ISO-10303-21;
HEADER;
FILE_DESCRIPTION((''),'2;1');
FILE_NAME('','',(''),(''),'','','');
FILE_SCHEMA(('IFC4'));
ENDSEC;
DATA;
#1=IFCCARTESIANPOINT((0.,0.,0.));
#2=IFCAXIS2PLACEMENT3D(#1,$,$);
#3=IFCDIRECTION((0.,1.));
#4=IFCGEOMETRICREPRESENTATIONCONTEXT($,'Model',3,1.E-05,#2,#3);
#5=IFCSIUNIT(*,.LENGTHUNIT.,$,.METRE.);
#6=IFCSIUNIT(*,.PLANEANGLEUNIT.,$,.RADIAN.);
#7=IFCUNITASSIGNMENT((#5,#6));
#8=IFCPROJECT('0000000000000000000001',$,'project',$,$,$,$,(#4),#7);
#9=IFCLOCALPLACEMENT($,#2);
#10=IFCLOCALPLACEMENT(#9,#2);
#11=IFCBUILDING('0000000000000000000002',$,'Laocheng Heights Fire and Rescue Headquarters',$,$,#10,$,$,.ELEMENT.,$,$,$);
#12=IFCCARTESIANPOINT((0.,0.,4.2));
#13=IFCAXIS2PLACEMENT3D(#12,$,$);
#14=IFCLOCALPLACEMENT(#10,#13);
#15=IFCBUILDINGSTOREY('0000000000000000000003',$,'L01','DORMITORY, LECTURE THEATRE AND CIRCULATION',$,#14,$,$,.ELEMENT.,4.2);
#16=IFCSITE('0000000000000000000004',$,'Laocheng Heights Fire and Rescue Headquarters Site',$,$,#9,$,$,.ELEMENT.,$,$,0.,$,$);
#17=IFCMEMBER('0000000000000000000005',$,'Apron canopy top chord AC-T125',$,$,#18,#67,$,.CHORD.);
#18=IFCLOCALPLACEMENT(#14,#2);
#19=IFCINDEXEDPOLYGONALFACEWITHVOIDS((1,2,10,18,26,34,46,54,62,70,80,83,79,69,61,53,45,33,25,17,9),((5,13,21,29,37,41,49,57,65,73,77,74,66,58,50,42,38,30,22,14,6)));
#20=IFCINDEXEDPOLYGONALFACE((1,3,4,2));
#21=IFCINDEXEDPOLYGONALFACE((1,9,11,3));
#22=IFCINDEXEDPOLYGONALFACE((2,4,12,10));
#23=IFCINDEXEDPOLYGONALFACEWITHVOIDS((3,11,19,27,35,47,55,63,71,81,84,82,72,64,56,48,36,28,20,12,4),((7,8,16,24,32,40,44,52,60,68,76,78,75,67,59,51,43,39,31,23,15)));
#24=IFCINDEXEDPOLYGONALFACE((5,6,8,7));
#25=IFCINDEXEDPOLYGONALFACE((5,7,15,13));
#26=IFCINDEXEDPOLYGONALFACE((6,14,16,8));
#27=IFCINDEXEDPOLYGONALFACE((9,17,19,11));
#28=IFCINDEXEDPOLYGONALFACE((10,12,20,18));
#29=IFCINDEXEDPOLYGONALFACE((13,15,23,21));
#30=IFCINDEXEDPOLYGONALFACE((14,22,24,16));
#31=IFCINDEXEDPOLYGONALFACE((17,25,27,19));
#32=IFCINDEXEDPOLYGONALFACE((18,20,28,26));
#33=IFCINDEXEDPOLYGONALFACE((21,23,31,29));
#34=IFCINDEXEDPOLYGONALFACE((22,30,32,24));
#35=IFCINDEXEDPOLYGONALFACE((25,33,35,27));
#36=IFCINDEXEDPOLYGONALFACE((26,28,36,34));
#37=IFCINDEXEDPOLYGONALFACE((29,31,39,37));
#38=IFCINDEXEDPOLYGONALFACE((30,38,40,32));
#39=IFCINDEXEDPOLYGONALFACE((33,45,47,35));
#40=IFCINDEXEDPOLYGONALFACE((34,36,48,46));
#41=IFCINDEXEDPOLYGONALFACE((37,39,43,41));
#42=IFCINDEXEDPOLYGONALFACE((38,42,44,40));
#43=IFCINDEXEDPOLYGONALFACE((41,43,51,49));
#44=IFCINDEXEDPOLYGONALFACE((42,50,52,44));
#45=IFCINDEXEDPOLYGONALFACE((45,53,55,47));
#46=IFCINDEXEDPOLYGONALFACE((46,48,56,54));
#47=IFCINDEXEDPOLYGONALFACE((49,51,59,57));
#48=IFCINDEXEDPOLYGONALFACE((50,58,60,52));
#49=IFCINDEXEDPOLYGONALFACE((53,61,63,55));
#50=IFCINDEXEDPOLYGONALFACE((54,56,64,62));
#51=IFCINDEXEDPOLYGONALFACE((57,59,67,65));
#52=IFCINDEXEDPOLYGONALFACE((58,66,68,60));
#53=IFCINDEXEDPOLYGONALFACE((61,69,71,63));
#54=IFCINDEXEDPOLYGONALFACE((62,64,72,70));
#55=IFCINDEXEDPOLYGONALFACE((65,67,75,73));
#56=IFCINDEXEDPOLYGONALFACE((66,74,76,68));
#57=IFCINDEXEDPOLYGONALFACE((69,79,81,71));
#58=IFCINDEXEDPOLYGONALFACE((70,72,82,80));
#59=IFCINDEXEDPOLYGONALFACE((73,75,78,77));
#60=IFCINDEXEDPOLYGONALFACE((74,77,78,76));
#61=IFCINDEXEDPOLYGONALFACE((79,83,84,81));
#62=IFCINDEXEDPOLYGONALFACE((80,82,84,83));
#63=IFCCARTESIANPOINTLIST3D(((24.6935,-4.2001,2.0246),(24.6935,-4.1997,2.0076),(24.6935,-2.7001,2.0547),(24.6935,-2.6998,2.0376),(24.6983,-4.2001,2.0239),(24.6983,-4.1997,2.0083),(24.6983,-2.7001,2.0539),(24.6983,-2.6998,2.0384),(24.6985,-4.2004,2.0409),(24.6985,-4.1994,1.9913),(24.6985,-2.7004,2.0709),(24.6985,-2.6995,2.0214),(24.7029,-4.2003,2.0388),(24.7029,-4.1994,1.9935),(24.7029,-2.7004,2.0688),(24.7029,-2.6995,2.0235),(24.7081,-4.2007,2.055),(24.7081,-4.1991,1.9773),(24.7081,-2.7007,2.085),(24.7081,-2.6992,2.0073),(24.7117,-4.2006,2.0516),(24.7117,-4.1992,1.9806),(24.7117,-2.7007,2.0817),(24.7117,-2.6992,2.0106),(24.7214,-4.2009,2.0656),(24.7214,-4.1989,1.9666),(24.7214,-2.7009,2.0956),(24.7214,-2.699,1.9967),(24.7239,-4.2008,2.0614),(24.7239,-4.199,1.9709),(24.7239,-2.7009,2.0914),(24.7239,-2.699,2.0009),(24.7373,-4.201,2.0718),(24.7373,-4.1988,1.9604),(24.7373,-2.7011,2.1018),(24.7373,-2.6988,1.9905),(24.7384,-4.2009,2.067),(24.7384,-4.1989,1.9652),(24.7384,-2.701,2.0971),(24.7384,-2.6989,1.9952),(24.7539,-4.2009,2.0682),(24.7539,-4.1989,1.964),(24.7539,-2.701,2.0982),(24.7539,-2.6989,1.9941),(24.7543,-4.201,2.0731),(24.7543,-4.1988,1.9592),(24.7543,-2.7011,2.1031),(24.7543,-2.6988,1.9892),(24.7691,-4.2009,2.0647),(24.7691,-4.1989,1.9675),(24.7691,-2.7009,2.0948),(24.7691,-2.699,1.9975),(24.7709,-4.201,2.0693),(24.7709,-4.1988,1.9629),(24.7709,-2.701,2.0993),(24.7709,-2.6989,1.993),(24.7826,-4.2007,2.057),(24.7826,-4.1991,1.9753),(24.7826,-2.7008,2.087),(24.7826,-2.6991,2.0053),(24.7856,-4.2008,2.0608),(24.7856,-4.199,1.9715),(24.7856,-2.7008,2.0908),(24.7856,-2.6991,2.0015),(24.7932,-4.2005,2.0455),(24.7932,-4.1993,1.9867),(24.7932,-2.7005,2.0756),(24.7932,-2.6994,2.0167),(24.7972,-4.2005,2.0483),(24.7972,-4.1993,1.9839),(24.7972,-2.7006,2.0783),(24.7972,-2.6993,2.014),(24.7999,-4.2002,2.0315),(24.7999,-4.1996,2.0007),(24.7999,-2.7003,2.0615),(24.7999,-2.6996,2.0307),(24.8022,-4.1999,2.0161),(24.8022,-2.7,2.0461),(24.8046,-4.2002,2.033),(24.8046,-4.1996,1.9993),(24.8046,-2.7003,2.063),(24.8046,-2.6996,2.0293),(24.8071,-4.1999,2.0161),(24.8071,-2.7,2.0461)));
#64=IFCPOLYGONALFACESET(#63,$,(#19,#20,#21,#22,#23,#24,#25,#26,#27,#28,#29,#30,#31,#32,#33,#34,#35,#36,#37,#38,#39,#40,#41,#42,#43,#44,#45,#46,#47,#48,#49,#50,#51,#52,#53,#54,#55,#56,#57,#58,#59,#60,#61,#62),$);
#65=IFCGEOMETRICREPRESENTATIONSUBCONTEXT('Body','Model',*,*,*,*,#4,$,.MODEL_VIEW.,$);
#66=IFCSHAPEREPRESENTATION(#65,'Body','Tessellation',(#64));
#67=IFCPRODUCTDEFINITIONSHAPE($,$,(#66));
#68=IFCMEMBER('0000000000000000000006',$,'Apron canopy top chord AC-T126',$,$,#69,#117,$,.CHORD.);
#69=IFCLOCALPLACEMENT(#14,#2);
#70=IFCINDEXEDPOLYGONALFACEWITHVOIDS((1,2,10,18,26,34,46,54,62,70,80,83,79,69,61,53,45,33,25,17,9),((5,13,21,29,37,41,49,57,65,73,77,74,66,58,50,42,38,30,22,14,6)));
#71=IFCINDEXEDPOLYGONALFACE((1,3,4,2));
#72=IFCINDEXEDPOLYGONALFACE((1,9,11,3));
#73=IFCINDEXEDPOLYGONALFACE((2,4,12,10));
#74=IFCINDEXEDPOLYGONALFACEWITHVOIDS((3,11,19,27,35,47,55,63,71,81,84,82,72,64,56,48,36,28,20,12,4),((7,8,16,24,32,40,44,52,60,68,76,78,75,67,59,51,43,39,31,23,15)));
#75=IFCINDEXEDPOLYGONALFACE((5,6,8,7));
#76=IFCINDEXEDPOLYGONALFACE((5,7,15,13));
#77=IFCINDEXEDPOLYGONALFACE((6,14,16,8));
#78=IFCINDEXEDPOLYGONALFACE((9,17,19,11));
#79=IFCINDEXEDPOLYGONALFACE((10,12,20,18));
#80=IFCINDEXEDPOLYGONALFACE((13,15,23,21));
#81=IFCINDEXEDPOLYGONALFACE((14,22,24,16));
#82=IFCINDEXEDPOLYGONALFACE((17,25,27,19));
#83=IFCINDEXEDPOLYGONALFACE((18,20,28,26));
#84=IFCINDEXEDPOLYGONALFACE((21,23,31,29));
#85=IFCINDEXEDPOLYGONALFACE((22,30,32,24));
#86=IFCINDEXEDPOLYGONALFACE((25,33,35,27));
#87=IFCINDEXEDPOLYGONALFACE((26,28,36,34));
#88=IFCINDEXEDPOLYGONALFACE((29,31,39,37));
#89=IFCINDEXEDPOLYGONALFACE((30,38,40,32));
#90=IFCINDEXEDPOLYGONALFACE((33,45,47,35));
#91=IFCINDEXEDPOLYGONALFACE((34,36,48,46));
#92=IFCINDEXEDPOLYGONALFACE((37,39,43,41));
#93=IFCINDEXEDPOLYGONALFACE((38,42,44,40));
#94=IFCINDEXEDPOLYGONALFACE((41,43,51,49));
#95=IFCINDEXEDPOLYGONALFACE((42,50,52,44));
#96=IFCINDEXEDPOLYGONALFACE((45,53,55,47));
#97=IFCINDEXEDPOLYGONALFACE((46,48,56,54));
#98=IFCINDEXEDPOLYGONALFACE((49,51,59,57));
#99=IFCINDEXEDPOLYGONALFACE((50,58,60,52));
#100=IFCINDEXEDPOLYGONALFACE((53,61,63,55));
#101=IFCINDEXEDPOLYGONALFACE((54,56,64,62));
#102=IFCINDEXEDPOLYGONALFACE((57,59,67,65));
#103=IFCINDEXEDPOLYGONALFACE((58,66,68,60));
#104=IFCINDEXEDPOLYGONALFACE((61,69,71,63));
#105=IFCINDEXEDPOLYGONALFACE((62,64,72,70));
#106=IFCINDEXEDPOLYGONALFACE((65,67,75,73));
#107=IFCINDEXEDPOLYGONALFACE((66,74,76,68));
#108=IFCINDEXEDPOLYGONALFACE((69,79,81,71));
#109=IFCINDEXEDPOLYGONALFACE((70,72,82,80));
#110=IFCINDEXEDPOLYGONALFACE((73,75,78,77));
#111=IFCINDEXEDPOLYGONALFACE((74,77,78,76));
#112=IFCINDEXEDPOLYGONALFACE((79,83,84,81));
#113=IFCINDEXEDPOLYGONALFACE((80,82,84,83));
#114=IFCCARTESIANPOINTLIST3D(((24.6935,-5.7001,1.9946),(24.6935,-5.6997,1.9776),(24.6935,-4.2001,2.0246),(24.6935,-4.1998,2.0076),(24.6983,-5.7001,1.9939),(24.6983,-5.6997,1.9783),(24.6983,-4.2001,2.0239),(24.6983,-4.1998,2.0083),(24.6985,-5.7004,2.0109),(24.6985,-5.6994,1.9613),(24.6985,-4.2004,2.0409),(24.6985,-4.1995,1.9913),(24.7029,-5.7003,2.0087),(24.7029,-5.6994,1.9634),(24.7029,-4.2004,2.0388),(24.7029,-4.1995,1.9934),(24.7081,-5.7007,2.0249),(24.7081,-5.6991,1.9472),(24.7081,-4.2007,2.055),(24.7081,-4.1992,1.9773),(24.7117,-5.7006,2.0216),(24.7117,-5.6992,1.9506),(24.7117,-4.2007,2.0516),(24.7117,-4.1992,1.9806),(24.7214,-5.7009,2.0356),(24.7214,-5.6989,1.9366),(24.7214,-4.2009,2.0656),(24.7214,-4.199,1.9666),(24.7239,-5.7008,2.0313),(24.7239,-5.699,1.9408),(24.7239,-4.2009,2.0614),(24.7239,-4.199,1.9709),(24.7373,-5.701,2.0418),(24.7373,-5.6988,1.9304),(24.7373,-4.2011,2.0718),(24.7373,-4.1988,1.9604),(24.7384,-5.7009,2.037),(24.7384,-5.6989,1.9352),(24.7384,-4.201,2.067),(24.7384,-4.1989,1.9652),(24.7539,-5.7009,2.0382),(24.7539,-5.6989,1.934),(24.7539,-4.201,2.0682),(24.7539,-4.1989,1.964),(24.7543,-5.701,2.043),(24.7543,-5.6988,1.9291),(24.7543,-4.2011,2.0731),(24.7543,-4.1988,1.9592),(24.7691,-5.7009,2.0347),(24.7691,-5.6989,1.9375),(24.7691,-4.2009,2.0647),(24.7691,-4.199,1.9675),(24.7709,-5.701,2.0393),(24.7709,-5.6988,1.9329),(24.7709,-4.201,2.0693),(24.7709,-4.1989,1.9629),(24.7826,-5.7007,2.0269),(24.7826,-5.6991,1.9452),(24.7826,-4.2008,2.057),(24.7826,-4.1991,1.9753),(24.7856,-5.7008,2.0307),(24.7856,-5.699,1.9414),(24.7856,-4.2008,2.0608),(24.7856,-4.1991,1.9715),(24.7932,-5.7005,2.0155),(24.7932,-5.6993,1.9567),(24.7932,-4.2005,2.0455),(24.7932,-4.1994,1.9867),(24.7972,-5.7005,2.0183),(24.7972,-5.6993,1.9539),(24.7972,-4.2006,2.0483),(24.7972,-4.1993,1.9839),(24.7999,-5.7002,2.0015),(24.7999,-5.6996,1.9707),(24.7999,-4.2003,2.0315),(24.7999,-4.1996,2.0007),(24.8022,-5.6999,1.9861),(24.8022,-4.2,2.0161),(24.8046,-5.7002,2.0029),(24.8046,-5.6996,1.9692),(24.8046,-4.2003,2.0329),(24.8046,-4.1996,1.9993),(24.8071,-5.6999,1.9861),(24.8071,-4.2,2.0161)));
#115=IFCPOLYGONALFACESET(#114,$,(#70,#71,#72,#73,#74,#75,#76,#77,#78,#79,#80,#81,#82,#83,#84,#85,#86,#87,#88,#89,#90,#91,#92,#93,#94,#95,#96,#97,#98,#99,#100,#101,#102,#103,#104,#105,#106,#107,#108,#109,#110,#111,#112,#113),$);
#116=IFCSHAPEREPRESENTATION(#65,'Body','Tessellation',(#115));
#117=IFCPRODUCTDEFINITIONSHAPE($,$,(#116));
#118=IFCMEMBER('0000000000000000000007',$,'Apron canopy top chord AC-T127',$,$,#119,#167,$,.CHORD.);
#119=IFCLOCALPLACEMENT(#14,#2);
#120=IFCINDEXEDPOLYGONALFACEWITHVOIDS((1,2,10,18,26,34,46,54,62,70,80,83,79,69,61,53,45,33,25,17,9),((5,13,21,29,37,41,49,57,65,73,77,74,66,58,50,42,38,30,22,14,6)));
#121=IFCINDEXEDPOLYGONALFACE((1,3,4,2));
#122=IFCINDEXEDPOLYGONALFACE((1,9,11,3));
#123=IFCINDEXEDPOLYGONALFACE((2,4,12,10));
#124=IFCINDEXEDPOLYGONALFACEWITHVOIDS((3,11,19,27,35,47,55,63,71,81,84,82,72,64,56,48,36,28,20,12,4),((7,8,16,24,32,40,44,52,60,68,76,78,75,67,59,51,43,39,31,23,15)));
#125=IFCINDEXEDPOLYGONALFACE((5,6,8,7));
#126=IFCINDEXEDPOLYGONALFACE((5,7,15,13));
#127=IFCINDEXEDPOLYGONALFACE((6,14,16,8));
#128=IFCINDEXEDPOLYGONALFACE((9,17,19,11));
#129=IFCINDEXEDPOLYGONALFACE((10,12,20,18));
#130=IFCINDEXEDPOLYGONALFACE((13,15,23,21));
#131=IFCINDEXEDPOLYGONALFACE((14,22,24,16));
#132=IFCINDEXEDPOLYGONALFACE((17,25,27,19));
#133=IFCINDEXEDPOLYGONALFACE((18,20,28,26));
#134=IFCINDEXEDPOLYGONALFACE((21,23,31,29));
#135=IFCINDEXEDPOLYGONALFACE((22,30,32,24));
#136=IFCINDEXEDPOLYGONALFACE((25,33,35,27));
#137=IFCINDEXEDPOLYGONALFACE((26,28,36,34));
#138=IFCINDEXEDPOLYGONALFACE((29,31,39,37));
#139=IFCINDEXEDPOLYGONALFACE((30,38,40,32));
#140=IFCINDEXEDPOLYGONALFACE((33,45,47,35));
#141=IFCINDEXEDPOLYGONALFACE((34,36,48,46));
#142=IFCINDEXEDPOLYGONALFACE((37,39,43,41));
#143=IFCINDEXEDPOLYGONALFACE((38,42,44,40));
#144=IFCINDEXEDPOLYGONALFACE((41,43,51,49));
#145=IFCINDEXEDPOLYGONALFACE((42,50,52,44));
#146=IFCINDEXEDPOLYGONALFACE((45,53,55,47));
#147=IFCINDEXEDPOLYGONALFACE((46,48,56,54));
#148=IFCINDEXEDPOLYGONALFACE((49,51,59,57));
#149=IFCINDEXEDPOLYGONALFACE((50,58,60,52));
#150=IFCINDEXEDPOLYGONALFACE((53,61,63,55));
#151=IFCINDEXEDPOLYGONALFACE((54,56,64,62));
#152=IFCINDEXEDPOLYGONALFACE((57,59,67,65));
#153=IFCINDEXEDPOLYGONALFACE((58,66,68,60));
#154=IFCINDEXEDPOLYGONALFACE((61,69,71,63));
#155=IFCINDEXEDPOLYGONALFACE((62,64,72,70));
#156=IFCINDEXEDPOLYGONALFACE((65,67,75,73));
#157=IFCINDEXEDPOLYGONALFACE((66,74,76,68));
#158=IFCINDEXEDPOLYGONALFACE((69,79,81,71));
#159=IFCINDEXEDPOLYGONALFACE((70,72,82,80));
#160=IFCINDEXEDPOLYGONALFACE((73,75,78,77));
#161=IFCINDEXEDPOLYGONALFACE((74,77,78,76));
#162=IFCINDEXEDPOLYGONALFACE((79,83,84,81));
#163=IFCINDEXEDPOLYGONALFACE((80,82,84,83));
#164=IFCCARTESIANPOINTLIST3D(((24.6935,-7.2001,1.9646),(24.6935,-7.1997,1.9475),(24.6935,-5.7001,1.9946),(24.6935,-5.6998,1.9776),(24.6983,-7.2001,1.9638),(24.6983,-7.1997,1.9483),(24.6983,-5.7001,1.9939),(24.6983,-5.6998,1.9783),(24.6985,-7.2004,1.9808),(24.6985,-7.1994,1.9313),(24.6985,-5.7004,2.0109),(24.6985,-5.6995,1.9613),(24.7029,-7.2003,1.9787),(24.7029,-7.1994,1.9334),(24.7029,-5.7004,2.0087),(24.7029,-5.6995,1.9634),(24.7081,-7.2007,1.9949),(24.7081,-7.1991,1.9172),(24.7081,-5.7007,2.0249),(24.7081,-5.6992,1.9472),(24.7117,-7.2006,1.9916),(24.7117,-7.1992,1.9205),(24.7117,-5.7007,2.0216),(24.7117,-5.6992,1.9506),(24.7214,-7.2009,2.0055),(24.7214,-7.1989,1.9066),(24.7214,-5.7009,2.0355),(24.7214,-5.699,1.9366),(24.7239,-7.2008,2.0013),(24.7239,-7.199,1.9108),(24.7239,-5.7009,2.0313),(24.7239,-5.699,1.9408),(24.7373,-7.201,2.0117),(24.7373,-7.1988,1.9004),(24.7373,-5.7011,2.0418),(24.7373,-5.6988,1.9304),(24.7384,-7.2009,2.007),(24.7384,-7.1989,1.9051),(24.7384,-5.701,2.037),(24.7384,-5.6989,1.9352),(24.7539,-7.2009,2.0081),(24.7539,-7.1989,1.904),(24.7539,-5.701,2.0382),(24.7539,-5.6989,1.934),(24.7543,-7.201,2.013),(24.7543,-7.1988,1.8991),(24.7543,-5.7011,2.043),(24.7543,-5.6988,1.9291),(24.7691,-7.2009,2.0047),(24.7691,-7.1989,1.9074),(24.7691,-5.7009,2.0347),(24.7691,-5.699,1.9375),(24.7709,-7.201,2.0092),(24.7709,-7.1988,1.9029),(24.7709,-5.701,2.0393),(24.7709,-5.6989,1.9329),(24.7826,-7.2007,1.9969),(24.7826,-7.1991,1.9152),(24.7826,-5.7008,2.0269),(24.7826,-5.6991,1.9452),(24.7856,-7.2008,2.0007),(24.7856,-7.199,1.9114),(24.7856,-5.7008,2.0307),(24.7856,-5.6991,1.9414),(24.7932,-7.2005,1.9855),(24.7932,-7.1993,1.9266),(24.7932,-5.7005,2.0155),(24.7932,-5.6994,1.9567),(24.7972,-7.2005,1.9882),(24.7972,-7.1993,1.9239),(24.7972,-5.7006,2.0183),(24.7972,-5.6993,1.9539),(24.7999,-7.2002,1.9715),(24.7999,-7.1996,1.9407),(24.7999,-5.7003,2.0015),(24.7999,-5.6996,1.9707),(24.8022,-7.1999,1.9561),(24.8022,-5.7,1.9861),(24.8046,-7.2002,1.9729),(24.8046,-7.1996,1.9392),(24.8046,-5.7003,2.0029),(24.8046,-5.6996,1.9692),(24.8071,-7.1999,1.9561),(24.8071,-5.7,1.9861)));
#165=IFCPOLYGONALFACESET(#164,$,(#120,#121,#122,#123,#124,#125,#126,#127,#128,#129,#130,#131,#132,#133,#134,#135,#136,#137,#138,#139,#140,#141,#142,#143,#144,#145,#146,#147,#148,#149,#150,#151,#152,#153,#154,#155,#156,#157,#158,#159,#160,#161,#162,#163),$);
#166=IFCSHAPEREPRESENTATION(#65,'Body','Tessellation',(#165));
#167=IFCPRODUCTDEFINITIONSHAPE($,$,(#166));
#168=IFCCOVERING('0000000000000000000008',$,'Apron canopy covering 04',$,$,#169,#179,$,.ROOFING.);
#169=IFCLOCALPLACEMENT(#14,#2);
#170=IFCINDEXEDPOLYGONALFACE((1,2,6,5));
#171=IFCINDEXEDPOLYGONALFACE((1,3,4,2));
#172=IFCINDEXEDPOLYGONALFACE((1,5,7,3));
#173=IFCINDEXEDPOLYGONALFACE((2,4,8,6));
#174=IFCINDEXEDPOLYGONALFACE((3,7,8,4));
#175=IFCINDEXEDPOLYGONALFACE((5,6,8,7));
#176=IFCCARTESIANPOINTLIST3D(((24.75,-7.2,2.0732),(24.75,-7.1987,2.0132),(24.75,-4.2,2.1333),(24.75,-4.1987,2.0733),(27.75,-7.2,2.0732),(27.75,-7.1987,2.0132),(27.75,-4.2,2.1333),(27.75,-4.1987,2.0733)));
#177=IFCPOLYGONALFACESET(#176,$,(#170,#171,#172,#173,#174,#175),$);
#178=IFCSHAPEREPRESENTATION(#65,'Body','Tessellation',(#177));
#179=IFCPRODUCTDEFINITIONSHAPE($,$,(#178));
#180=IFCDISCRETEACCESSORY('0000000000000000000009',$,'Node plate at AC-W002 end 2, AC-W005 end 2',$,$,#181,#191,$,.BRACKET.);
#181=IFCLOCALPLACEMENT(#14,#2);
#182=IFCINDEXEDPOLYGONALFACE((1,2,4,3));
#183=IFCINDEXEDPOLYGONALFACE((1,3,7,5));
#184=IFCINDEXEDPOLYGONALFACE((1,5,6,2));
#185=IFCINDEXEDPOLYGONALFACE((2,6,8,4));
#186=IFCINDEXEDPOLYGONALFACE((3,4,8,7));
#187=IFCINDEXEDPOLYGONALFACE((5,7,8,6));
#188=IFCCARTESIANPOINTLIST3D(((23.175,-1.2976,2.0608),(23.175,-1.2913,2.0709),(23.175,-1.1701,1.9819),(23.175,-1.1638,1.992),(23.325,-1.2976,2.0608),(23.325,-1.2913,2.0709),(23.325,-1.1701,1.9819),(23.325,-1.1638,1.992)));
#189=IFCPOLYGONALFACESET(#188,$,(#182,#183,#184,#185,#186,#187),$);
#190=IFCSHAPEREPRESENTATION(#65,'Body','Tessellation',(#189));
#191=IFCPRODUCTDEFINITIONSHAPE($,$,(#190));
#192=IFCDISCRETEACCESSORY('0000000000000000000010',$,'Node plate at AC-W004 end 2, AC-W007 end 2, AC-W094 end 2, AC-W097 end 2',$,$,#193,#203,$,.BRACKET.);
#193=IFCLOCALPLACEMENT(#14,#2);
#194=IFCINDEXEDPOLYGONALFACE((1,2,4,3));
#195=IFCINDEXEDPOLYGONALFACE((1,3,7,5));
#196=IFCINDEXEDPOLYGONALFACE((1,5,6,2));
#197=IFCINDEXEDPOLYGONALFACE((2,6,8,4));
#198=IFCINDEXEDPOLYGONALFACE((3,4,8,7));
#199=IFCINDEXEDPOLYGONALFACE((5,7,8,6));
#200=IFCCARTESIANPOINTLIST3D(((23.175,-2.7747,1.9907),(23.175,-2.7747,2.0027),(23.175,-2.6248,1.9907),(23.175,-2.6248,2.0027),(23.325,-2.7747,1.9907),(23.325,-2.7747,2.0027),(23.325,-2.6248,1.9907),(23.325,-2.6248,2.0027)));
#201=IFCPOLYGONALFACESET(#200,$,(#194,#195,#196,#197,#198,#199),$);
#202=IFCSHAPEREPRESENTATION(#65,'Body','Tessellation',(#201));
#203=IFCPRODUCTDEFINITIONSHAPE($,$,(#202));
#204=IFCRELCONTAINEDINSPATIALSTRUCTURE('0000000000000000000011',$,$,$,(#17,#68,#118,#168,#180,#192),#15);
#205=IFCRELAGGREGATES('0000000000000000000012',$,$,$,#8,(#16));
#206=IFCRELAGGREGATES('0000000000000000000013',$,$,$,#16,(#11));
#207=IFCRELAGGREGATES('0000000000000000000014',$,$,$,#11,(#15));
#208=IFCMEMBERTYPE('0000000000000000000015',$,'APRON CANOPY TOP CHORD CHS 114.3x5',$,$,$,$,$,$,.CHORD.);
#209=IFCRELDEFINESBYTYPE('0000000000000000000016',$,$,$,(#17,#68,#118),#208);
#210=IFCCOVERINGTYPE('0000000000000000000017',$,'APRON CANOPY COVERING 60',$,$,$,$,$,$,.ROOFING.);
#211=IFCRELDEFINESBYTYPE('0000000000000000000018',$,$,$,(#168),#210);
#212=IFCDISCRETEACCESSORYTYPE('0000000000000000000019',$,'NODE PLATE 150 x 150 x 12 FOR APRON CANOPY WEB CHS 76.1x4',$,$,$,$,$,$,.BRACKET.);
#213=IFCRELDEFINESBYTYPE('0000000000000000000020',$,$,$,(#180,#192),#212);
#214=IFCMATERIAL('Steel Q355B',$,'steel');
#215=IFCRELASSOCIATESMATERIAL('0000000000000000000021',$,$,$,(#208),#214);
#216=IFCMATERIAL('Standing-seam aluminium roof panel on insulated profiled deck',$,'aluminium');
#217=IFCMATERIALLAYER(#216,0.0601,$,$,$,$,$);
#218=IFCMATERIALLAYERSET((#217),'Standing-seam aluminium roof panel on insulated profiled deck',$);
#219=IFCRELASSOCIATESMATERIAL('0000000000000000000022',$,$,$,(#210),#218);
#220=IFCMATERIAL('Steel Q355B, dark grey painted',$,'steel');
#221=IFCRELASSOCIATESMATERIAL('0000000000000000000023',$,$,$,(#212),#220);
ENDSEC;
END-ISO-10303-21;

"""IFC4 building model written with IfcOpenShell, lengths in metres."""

from ifc_helpers import new_model, si_unit, direction, frame, origin, origin_2d, place, context, subcontext, project, spatial, polyline, rectangle, hollow_circle, outline, extrude, material, layer, layer_set, material_profile, profile_set, type_object, element, save


model = new_model("IFC4")

# Units and contexts
model_context = context("Model", 3, precision=1e-05, world=origin(), true_north=direction((0.0, 1.0)))
body_context = subcontext(model_context, "Body", "Model", "MODEL_VIEW")
ifc_project = project(units=[si_unit("LENGTHUNIT", "METRE"), si_unit("PLANEANGLEUNIT", "RADIAN")], contexts=[model_context])

# Site, building, storey
site_placement = place(None, origin())
site = spatial("IfcSite", under=ifc_project, at=site_placement, Name="Laocheng Heights Fire and Rescue Headquarters Site", CompositionType="ELEMENT", RefElevation=0.0)
building_placement = place(site_placement, origin())
building = spatial("IfcBuilding", under=site, at=building_placement, Name="Laocheng Heights Fire and Rescue Headquarters", CompositionType="ELEMENT")
storey_placement = place(building_placement, frame((0.0, 0.0, 4.2)))
storey = spatial("IfcBuildingStorey", under=building, at=storey_placement, Name="L01", Description="DORMITORY, LECTURE THEATRE AND CIRCULATION", CompositionType="ELEMENT", Elevation=4.2)

# Members
ifc_material_1 = material(Name="Steel Q355B", Category="steel")
ifc_material_profile_1 = material_profile(ifc_material_1, hollow_circle(Radius=0.0571, WallThickness=0.0049, at=origin_2d()), Name="CHS 114.3x5")
ifc_profile_set_1 = profile_set([ifc_material_profile_1], Name="Steel Q355B")
member_type = type_object("IfcMemberType", Name="APRON CANOPY TOP CHORD CHS 114.3x5", PredefinedType="CHORD", material=ifc_profile_set_1)
for number, where, z_axis, x_axis, name in (
    (1, (24.75, -2.7, 2.0461), (0.0, -0.9998, -0.020016), (1.0, 0.0, 0.0), "Apron canopy top chord AC-T125"),
    (2, (24.75, -4.2, 2.0161), (0.0, -0.9998, -0.020016), (1.0, 0.0, 0.0), "Apron canopy top chord AC-T126"),
    (3, (24.75, -5.7, 1.9861), (0.0, -0.9998, -0.020016), (1.0, 0.0, 0.0), "Apron canopy top chord AC-T127"),
):
    element("IfcMember", number, at=place(storey_placement, frame(where, z_axis=z_axis, x_axis=x_axis)), inside=storey, type_object=member_type, Name=name, PredefinedType="CHORD", context=body_context, shape_type="SweptSolid", body=[
        extrude(hollow_circle(Radius=0.0571, WallThickness=0.0049, at=origin_2d()), origin(), (0.0, 0.0, 1.0), 1.5002),
    ])

# Covering
ifc_material_2 = material(Name="Standing-seam aluminium roof panel on insulated profiled deck", Category="aluminium")
ifc_layer = layer(ifc_material_2, 0.0601)
ifc_layer_set = layer_set([ifc_layer], Name="Standing-seam aluminium roof panel on insulated profiled deck")
covering_type = type_object("IfcCoveringType", Name="APRON CANOPY COVERING 60", PredefinedType="ROOFING", material=ifc_layer_set)
covering_placement = place(storey_placement, frame((24.75, -4.2, 2.1333), z_axis=(0.0, -0.020016, 0.9998), x_axis=(1.0, 0.0, 0.0)))
element("IfcCovering", 4, at=covering_placement, inside=storey, type_object=covering_type, Name="Apron canopy covering 04", PredefinedType="ROOFING", context=body_context, shape_type="SweptSolid", body=[
    extrude(outline(polyline([(0.0, 0.0), (3.0, 0.0), (3.0, -3.0006), (0.0, -3.0006), (0.0, 0.0)])), origin(), (0.0, 0.0, -1.0), 0.0601),
])

# Discrete accessories
ifc_material_3 = material(Name="Steel Q355B, dark grey painted", Category="steel")
ifc_material_profile_2 = material_profile(ifc_material_3, rectangle(XDim=0.1499, YDim=0.1499, at=origin_2d()), Name="NODE PLATE 150 x 150 x 12 FOR APRON CANOPY WEB CHS 76.1x4")
ifc_profile_set_2 = profile_set([ifc_material_profile_2], Name="Steel Q355B, dark grey painted")
discrete_accessory_type = type_object("IfcDiscreteAccessoryType", Name="NODE PLATE 150 x 150 x 12 FOR APRON CANOPY WEB CHS 76.1x4", PredefinedType="BRACKET", material=ifc_profile_set_2)
for number, where, z_axis, x_axis, name in (
    (5, (23.25, -1.2275, 2.0315), (0.0, -0.526355, -0.850265), (1.0, 0.0, 0.0), "Node plate at AC-W002 end 2, AC-W005 end 2"),
    (6, (23.25, -2.6997, 2.0027), (0.0, 0.0, -1.0), (1.0, 0.0, 0.0), "Node plate at AC-W004 end 2, AC-W007 end 2, AC-W094 end 2, AC-W097 end 2"),
):
    element("IfcDiscreteAccessory", number, at=place(storey_placement, frame(where, z_axis=z_axis, x_axis=x_axis)), inside=storey, type_object=discrete_accessory_type, Name=name, PredefinedType="BRACKET", context=body_context, shape_type="SweptSolid", body=[
        extrude(rectangle(XDim=0.1499, YDim=0.1499, at=origin_2d()), origin(), (0.0, 0.0, 1.0), 0.012),
    ])

save(model, "model.ifc")
